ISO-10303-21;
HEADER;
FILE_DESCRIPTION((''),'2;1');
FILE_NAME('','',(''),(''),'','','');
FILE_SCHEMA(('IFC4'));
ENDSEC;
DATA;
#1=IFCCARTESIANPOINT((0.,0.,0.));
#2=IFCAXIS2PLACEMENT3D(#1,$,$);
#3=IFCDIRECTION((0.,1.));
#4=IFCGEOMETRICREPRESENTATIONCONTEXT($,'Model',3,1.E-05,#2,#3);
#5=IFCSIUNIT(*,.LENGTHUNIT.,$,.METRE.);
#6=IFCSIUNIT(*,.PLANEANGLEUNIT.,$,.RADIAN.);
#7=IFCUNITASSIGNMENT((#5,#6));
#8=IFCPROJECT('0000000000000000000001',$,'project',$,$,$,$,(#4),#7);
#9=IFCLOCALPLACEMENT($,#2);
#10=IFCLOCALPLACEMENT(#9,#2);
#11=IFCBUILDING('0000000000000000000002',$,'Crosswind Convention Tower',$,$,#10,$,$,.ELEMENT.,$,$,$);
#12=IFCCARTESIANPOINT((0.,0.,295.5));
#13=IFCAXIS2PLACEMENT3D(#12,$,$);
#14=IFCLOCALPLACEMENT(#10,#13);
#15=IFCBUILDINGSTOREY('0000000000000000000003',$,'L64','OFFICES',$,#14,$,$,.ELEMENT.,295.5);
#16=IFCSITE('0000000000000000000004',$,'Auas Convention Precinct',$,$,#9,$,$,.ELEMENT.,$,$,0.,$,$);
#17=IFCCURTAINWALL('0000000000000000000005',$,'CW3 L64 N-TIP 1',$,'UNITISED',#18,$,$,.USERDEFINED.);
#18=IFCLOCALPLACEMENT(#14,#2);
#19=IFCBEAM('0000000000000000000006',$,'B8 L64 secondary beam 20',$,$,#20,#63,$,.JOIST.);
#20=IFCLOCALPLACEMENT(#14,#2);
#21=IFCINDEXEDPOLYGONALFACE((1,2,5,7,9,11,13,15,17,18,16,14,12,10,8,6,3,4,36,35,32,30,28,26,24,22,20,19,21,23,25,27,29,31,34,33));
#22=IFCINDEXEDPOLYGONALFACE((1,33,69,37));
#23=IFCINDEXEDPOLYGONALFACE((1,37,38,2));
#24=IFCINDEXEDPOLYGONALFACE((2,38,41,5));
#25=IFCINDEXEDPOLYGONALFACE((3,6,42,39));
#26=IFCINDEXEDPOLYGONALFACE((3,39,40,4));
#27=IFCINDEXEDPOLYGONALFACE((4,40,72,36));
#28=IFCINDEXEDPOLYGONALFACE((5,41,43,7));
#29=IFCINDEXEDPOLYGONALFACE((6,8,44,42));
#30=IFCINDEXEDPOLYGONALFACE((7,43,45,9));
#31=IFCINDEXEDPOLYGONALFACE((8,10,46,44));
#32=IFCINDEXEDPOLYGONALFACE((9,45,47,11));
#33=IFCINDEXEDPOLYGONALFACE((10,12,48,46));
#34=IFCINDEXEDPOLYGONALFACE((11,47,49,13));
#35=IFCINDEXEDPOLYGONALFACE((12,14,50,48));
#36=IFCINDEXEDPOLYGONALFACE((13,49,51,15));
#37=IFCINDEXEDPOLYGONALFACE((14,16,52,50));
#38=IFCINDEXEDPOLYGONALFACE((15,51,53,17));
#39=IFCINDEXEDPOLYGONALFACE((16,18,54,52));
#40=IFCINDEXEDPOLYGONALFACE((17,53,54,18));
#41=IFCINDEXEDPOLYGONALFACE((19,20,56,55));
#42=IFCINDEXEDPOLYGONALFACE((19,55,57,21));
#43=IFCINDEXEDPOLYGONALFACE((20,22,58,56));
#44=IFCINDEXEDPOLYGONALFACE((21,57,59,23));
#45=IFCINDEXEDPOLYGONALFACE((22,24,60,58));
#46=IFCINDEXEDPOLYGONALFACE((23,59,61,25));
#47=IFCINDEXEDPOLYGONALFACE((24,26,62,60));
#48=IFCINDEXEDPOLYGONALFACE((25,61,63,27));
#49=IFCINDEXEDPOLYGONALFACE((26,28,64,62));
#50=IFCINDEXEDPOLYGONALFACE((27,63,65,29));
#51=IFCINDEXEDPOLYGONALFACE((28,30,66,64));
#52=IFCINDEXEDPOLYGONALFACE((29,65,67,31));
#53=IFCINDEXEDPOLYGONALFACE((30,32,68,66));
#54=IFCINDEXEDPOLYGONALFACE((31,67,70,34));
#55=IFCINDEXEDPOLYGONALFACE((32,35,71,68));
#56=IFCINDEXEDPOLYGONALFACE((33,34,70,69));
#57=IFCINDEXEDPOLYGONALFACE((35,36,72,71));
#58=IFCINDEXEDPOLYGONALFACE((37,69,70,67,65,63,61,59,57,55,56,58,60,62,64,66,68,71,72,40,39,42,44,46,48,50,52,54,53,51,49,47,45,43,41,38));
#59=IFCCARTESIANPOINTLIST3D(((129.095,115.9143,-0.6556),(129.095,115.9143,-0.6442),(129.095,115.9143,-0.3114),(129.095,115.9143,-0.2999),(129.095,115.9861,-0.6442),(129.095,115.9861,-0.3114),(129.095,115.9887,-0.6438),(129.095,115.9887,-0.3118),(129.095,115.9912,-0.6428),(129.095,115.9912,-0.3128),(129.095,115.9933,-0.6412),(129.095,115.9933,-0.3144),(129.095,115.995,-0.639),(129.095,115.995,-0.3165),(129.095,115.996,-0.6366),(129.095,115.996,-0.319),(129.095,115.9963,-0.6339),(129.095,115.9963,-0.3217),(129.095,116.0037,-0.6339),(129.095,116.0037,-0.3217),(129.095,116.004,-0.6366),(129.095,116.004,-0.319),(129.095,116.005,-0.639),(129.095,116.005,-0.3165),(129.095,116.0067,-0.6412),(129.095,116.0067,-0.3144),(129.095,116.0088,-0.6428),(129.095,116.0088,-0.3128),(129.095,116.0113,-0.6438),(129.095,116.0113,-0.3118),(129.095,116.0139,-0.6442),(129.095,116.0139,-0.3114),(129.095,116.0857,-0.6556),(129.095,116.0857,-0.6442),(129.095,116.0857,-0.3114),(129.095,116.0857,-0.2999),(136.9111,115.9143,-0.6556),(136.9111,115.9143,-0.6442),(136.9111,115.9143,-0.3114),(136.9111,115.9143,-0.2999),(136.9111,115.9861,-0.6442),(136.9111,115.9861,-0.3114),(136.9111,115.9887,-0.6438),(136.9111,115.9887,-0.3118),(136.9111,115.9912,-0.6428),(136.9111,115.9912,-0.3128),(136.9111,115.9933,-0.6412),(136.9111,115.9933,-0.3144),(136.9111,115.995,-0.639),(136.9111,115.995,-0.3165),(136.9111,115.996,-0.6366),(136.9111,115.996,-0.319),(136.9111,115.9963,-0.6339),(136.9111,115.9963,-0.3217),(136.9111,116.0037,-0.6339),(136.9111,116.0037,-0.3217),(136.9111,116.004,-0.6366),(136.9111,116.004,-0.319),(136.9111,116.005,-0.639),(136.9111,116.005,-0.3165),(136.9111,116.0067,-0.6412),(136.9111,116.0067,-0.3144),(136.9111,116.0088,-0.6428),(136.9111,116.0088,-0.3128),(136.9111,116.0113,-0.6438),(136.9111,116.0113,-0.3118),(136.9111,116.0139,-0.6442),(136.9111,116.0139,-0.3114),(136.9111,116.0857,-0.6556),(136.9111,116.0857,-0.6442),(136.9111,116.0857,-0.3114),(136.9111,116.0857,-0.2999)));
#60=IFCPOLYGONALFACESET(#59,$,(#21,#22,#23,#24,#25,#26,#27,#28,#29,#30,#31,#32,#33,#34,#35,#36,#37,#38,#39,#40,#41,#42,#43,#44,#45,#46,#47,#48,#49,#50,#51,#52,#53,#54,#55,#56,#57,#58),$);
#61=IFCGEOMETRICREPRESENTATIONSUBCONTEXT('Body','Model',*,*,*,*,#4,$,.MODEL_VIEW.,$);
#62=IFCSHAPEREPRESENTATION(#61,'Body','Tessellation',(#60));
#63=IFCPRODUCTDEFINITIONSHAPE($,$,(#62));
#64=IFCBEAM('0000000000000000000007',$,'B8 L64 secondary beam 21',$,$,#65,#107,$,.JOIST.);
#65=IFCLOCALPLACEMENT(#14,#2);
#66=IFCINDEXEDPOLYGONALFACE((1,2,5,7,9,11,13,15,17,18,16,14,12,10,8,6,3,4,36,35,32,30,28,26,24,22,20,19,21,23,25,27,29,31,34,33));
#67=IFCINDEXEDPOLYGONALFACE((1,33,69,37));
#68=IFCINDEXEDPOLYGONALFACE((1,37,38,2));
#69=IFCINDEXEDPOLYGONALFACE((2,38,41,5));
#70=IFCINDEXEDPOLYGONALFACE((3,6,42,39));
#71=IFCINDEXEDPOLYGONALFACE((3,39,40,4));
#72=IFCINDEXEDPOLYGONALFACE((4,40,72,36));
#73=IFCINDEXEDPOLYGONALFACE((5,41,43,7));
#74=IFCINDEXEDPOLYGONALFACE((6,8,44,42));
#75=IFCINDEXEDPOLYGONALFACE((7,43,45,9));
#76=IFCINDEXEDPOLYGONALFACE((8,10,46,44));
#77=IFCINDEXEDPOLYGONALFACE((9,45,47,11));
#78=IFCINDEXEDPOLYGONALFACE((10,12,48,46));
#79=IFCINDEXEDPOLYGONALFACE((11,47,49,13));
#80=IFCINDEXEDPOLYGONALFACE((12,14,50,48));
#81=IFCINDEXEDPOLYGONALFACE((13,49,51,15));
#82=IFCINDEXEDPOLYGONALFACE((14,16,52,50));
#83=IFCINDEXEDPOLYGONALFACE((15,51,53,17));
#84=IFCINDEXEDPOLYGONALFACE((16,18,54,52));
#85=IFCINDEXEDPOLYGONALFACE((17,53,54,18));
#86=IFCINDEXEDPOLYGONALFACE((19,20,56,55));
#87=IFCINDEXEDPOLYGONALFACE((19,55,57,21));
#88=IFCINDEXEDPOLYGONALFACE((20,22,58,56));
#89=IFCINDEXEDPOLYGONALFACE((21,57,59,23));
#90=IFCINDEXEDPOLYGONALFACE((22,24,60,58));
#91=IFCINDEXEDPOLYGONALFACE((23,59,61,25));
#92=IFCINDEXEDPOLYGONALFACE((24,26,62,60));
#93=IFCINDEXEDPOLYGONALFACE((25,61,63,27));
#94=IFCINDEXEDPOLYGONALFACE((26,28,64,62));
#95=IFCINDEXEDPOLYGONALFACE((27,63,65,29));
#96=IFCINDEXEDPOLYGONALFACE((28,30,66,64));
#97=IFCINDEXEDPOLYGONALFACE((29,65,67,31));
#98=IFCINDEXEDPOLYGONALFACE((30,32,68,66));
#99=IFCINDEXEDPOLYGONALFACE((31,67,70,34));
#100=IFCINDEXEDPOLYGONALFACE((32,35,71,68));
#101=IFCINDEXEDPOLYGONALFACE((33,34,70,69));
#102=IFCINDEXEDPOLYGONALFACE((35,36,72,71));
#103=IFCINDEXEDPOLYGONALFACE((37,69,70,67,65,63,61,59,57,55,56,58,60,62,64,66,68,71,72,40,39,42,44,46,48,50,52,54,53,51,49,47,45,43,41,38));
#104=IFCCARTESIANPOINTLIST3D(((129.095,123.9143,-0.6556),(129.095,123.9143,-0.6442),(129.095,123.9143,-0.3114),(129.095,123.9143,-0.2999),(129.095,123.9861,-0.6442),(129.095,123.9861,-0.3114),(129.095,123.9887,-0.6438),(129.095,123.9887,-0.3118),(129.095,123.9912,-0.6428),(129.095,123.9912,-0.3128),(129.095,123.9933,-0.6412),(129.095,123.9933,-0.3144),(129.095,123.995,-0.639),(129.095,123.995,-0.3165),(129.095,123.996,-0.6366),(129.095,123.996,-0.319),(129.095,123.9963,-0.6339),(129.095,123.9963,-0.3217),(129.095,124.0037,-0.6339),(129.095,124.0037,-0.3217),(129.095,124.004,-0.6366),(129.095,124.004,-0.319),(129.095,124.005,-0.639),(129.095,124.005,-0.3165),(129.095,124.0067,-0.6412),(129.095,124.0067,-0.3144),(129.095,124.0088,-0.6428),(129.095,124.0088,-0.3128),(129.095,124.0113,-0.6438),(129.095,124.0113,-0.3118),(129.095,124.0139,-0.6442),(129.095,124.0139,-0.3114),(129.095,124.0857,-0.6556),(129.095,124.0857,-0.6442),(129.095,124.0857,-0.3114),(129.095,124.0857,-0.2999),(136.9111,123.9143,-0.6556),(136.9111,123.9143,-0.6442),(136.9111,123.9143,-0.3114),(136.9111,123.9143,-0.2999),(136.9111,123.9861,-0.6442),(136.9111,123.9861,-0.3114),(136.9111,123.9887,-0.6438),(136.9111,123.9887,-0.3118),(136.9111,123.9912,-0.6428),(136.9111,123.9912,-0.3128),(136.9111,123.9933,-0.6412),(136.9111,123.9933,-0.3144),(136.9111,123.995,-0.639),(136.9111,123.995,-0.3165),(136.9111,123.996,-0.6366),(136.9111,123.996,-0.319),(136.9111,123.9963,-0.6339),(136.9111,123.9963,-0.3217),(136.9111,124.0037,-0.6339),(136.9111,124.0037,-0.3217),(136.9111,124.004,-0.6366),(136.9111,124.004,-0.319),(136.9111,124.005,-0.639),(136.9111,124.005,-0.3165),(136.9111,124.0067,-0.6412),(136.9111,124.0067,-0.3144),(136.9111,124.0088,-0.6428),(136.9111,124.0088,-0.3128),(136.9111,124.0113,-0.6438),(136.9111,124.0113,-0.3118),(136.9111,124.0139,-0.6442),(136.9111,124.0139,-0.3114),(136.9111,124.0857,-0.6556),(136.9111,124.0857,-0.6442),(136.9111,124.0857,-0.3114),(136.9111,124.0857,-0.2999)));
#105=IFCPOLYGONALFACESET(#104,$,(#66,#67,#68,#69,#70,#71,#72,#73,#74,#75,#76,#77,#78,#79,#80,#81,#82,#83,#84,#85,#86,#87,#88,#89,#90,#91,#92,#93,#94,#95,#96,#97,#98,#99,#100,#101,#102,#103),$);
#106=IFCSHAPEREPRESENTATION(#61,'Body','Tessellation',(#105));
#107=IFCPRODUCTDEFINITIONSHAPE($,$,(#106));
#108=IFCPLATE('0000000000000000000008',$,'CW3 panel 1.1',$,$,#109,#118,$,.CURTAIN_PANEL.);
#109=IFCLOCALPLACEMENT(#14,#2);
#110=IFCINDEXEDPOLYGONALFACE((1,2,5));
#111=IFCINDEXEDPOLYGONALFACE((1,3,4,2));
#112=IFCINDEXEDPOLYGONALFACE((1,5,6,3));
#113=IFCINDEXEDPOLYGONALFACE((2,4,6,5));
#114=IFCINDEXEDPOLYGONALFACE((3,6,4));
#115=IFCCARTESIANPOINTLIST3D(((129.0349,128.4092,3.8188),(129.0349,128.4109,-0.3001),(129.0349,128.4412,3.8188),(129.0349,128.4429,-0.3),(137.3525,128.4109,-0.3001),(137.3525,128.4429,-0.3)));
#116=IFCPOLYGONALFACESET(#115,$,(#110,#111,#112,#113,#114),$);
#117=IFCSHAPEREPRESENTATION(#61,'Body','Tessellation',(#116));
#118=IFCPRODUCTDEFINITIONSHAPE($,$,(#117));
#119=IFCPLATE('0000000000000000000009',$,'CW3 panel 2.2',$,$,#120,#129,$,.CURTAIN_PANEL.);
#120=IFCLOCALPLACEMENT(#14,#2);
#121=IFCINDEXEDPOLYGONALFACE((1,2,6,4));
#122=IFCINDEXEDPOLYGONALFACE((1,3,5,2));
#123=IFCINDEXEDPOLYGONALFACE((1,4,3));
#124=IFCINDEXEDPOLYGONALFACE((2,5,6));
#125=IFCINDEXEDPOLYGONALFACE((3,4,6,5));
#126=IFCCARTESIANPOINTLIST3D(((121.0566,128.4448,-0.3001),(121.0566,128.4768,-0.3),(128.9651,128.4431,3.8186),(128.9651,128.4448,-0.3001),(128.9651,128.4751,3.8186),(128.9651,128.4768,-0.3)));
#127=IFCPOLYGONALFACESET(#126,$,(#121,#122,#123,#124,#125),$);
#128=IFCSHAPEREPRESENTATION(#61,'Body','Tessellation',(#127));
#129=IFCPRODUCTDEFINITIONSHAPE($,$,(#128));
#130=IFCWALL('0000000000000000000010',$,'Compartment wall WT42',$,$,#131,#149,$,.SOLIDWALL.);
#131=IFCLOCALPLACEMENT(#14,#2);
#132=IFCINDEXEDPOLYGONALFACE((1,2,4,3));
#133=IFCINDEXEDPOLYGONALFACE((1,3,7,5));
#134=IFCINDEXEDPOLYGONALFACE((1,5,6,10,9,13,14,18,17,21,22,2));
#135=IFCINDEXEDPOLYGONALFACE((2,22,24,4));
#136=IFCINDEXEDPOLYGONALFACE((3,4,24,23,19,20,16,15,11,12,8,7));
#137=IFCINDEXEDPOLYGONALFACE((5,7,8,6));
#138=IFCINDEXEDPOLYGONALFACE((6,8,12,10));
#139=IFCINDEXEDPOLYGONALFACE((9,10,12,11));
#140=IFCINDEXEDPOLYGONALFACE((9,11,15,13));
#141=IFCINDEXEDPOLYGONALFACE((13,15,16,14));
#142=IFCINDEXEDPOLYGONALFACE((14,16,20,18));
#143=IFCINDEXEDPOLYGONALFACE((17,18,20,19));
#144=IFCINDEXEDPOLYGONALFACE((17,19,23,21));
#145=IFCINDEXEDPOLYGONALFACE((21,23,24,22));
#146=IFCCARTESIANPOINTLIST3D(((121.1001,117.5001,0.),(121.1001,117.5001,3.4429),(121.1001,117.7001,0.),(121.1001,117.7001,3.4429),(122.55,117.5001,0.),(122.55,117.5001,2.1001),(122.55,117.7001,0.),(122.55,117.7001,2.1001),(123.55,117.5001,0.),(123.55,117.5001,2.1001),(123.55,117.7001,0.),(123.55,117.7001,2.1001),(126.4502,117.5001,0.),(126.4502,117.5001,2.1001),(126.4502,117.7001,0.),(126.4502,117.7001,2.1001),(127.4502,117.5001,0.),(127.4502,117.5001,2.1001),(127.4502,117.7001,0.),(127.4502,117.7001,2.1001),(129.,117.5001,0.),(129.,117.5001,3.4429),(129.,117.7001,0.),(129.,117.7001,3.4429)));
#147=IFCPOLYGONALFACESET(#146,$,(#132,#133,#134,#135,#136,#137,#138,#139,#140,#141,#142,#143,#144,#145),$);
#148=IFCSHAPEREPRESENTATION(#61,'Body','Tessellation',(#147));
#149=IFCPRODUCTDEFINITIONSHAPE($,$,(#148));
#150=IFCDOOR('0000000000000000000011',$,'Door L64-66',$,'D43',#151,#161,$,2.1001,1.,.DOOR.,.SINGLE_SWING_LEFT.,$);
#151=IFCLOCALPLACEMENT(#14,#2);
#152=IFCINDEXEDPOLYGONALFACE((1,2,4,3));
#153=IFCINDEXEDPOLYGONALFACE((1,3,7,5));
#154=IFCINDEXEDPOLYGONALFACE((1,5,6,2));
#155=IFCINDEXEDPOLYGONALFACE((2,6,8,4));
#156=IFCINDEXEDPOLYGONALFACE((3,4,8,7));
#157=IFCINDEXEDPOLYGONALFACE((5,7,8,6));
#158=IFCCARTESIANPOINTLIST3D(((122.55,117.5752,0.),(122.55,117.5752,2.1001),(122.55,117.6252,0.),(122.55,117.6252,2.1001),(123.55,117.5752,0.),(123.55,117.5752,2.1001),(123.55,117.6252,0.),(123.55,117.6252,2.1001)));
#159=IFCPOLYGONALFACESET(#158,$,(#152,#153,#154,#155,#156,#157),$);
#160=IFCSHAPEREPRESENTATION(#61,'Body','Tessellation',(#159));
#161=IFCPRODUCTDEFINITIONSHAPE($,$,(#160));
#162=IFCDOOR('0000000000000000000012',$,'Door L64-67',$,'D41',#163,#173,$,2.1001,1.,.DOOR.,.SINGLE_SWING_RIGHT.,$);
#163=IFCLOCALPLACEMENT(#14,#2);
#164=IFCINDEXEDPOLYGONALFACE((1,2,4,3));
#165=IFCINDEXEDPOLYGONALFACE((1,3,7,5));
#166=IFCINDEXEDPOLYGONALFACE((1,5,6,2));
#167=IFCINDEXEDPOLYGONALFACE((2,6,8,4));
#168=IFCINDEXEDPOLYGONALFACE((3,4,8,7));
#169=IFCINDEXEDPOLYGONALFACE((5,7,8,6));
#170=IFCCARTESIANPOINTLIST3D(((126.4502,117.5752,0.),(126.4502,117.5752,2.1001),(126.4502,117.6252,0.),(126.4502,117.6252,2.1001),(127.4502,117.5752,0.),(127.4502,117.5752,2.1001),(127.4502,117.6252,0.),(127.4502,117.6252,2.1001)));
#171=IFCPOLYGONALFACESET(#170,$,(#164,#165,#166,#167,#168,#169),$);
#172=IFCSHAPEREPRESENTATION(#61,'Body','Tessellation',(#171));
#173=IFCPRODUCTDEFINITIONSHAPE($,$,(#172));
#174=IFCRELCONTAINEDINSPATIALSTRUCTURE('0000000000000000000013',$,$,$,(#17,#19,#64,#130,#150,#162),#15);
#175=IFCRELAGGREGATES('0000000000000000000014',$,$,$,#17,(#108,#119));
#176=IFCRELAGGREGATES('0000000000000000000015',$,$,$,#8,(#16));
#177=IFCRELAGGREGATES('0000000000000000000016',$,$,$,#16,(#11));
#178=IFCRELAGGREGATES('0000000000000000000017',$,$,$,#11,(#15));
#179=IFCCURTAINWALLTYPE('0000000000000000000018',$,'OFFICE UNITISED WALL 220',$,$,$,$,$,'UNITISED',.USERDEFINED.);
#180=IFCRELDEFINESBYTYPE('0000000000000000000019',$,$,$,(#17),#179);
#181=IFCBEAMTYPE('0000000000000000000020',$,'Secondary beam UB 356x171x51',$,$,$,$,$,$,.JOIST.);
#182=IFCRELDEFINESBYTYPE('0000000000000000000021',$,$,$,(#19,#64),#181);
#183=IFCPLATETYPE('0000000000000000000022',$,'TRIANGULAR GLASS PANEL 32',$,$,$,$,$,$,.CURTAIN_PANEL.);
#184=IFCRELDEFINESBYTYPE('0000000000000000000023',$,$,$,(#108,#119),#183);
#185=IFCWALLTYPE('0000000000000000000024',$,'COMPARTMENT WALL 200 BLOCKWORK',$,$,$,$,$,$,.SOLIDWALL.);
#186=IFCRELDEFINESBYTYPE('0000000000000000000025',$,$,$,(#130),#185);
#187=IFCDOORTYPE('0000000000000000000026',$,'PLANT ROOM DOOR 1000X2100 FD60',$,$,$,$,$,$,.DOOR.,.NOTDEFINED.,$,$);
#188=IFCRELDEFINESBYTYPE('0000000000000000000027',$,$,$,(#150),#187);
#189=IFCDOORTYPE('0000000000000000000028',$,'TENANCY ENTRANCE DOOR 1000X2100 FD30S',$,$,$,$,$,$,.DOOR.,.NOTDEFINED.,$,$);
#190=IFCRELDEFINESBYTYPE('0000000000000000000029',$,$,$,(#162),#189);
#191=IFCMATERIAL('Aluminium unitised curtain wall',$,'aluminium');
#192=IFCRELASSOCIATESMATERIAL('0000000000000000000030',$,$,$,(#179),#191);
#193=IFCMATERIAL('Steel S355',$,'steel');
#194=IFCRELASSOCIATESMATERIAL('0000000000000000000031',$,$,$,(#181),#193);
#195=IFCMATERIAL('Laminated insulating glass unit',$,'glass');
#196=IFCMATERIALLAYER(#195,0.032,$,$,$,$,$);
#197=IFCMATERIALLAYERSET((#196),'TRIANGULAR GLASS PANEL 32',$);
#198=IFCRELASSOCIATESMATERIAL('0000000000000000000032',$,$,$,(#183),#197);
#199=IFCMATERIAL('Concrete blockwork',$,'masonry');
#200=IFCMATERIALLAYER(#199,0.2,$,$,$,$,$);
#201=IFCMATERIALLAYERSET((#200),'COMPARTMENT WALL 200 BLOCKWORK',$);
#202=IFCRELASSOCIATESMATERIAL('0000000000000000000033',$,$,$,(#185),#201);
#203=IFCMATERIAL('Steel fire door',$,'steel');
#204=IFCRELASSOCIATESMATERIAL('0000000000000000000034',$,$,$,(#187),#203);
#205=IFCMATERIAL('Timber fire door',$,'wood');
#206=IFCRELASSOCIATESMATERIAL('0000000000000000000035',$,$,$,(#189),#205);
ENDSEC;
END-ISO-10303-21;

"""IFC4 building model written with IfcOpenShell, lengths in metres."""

from ifc_helpers import new_model, si_unit, direction, frame, frame_2d, origin, origin_2d, place, context, subcontext, project, spatial, polyline, rectangle, i_section, outline, extrude, material, layer, layer_set, material_profile, profile_set, type_object, element, fill, aggregate, save


model = new_model("IFC4")

# Units and contexts
model_context = context("Model", 3, precision=1e-05, world=origin(), true_north=direction((0.0, 1.0)))
body_context = subcontext(model_context, "Body", "Model", "MODEL_VIEW")
ifc_project = project(units=[si_unit("LENGTHUNIT", "METRE"), si_unit("PLANEANGLEUNIT", "RADIAN")], contexts=[model_context])

# Site, building, storey
site_placement = place(None, origin())
site = spatial("IfcSite", under=ifc_project, at=site_placement, Name="Auas Convention Precinct", CompositionType="ELEMENT", RefElevation=0.0)
building_placement = place(site_placement, origin())
building = spatial("IfcBuilding", under=site, at=building_placement, Name="Crosswind Convention Tower", CompositionType="ELEMENT")
storey_placement = place(building_placement, frame((0.0, 0.0, 295.5)))
storey = spatial("IfcBuildingStorey", under=building, at=storey_placement, Name="L64", Description="OFFICES", CompositionType="ELEMENT", Elevation=295.5)

# Shared definitions
ifc_material_1 = material(Name="Steel S355", Category="steel")

# Curtain wall
ifc_material_2 = material(Name="Aluminium unitised curtain wall", Category="aluminium")
curtain_wall_type = type_object("IfcCurtainWallType", Name="OFFICE UNITISED WALL 220", ElementType="UNITISED", PredefinedType="USERDEFINED", material=ifc_material_2)
curtain_wall_placement = place(storey_placement, origin())
curtain_wall = element("IfcCurtainWall", 1, at=curtain_wall_placement, inside=storey, type_object=curtain_wall_type, Name="CW3 L64 N-TIP 1", ObjectType="UNITISED", PredefinedType="USERDEFINED")

# Beams
ifc_material_profile_1 = material_profile(ifc_material_1, i_section(OverallWidth=0.1714, OverallDepth=0.3557, WebThickness=0.0073, FlangeThickness=0.0115, FilletRadius=0.0103, at=origin_2d()), Name="UB 356x171x51")
ifc_profile_set_1 = profile_set([ifc_material_profile_1], Name="Steel S355")
beam_type_1 = type_object("IfcBeamType", Name="Secondary beam UB 356x171x51", PredefinedType="JOIST", material=ifc_profile_set_1)
for number, where, z_axis, x_axis, name in (
    (2, (129.095, 116.0, -0.4778), (1.0, 0.0, 0.0), (0.0, 1.0, 0.0), "B8 L64 secondary beam 20"),
    (3, (129.095, 124.0, -0.4778), (1.0, 0.0, 0.0), (0.0, 1.0, 0.0), "B8 L64 secondary beam 21"),
):
    element("IfcBeam", number, at=place(storey_placement, frame(where, z_axis=z_axis, x_axis=x_axis)), inside=storey, type_object=beam_type_1, Name=name, PredefinedType="JOIST", context=body_context, shape_type="SweptSolid", body=[
        extrude(i_section(OverallWidth=0.1714, OverallDepth=0.3557, WebThickness=0.0073, FlangeThickness=0.0115, FilletRadius=0.0103, at=origin_2d()), origin(), (0.0, 0.0, 1.0), 7.8162),
    ])

# Plates
ifc_material_3 = material(Name="Laminated insulating glass unit", Category="glass")
ifc_layer_1 = layer(ifc_material_3, 0.032)
ifc_layer_set_1 = layer_set([ifc_layer_1], Name="TRIANGULAR GLASS PANEL 32")
plate_type = type_object("IfcPlateType", Name="TRIANGULAR GLASS PANEL 32", PredefinedType="CURTAIN_PANEL", material=ifc_layer_set_1)
plate_1_placement = place(storey_placement, frame((129.0349, 128.4429, -0.3), z_axis=(0.0, 1.0, 0.000415), x_axis=(0.0, -0.000415, 1.0)))
plate_1 = element("IfcPlate", 4, at=plate_1_placement, type_object=plate_type, Name="CW3 panel 1.1", PredefinedType="CURTAIN_PANEL", context=body_context, shape_type="SweptSolid", body=[
    extrude(outline(polyline([(0.0, 0.0), (4.1189, 0.0), (0.0, 8.3176), (0.0, 0.0)])), origin(), (0.0, 0.0, -1.0), 0.032),
])
plate_2_placement = place(storey_placement, frame((128.9651, 128.4768, -0.3), z_axis=(0.0, 1.0, 0.000415), x_axis=(-1.0, 0.0, 0.0)))
plate_2 = element("IfcPlate", 5, at=plate_2_placement, type_object=plate_type, Name="CW3 panel 2.2", PredefinedType="CURTAIN_PANEL", context=body_context, shape_type="SweptSolid", body=[
    extrude(outline(polyline([(0.0, 0.0), (7.9084, 0.0), (0.0, 4.1187), (0.0, 0.0)])), origin(), (0.0, 0.0, -1.0), 0.032),
])
aggregate(curtain_wall, [plate_1, plate_2])

# Wall, openings, doors
ifc_material_4 = material(Name="Concrete blockwork", Category="masonry")
ifc_layer_2 = layer(ifc_material_4, 0.2)
ifc_layer_set_2 = layer_set([ifc_layer_2], Name="COMPARTMENT WALL 200 BLOCKWORK")
wall_type_1 = type_object("IfcWallType", Name="COMPARTMENT WALL 200 BLOCKWORK", PredefinedType="SOLIDWALL", material=ifc_layer_set_2)
wall_1_placement = place(storey_placement, frame((121.1001, 117.6001, 0.0), z_axis=(0.0, 0.0, 1.0), x_axis=(1.0, 0.0, 0.0)))
wall_1 = element("IfcWall", 6, at=wall_1_placement, inside=storey, type_object=wall_type_1, Name="Compartment wall WT42", PredefinedType="SOLIDWALL", context=body_context, shape_type="SweptSolid", body=[
    extrude(rectangle(XDim=7.8999, YDim=0.2, at=frame_2d((3.95, 0.0))), origin(), (0.0, 0.0, 1.0), 3.4429),
])
opening_1_placement = place(wall_1_placement, frame((1.45, 0.0, 0.0)))
opening_1 = element("IfcOpeningElement", 7, at=opening_1_placement, cuts=wall_1, PredefinedType="OPENING", context=body_context, shape_type="SweptSolid", body=[
    extrude(rectangle(XDim=1.0, YDim=2.1001, at=frame_2d((0.5, 1.05))), frame((0.0, 0.1099, 0.0), z_axis=(0.0, -1.0, 0.0), x_axis=(1.0, 0.0, 0.0)), (0.0, 0.0, 1.0), 0.22),
])
opening_2_placement = place(wall_1_placement, frame((5.3501, 0.0, 0.0)))
opening_2 = element("IfcOpeningElement", 8, at=opening_2_placement, cuts=wall_1, PredefinedType="OPENING", context=body_context, shape_type="SweptSolid", body=[
    extrude(rectangle(XDim=1.0, YDim=2.1001, at=frame_2d((0.5, 1.05))), frame((0.0, 0.1099, 0.0), z_axis=(0.0, -1.0, 0.0), x_axis=(1.0, 0.0, 0.0)), (0.0, 0.0, 1.0), 0.22),
])
ifc_material_5 = material(Name="Steel fire door", Category="steel")
door_type_1 = type_object("IfcDoorType", Name="PLANT ROOM DOOR 1000X2100 FD60", OperationType="NOTDEFINED", PredefinedType="DOOR", material=ifc_material_5)
door_1_placement = place(opening_1_placement, frame((1.0, 0.0, 0.0), z_axis=(0.0, 0.0, 1.0), x_axis=(-1.0, 0.0, 0.0)))
door_1 = element("IfcDoor", 9, at=door_1_placement, inside=storey, type_object=door_type_1, Name="Door L64-66", ObjectType="D43", OperationType="SINGLE_SWING_LEFT", OverallHeight=2.1001, OverallWidth=1.0, PredefinedType="DOOR", context=body_context, shape_type="SweptSolid", body=[
    extrude(rectangle(XDim=1.0, YDim=2.1001, at=frame_2d((0.5, 1.05))), frame((0.0, 0.0249, 0.0), z_axis=(0.0, -1.0, 0.0), x_axis=(1.0, 0.0, 0.0)), (0.0, 0.0, 1.0), 0.05),
])
fill(opening_1, door_1)
ifc_material_6 = material(Name="Timber fire door", Category="wood")
door_type_2 = type_object("IfcDoorType", Name="TENANCY ENTRANCE DOOR 1000X2100 FD30S", OperationType="NOTDEFINED", PredefinedType="DOOR", material=ifc_material_6)
door_2_placement = place(opening_2_placement, frame((1.0, 0.0, 0.0), z_axis=(0.0, 0.0, 1.0), x_axis=(-1.0, 0.0, 0.0)))
door_2 = element("IfcDoor", 10, at=door_2_placement, inside=storey, type_object=door_type_2, Name="Door L64-67", ObjectType="D41", OperationType="SINGLE_SWING_RIGHT", OverallHeight=2.1001, OverallWidth=1.0, PredefinedType="DOOR", context=body_context, shape_type="SweptSolid", body=[
    extrude(rectangle(XDim=1.0, YDim=2.1001, at=frame_2d((0.5, 1.05))), frame((0.0, 0.0249, 0.0), z_axis=(0.0, -1.0, 0.0), x_axis=(1.0, 0.0, 0.0)), (0.0, 0.0, 1.0), 0.05),
])
fill(opening_2, door_2)

save(model, "model.ifc")
